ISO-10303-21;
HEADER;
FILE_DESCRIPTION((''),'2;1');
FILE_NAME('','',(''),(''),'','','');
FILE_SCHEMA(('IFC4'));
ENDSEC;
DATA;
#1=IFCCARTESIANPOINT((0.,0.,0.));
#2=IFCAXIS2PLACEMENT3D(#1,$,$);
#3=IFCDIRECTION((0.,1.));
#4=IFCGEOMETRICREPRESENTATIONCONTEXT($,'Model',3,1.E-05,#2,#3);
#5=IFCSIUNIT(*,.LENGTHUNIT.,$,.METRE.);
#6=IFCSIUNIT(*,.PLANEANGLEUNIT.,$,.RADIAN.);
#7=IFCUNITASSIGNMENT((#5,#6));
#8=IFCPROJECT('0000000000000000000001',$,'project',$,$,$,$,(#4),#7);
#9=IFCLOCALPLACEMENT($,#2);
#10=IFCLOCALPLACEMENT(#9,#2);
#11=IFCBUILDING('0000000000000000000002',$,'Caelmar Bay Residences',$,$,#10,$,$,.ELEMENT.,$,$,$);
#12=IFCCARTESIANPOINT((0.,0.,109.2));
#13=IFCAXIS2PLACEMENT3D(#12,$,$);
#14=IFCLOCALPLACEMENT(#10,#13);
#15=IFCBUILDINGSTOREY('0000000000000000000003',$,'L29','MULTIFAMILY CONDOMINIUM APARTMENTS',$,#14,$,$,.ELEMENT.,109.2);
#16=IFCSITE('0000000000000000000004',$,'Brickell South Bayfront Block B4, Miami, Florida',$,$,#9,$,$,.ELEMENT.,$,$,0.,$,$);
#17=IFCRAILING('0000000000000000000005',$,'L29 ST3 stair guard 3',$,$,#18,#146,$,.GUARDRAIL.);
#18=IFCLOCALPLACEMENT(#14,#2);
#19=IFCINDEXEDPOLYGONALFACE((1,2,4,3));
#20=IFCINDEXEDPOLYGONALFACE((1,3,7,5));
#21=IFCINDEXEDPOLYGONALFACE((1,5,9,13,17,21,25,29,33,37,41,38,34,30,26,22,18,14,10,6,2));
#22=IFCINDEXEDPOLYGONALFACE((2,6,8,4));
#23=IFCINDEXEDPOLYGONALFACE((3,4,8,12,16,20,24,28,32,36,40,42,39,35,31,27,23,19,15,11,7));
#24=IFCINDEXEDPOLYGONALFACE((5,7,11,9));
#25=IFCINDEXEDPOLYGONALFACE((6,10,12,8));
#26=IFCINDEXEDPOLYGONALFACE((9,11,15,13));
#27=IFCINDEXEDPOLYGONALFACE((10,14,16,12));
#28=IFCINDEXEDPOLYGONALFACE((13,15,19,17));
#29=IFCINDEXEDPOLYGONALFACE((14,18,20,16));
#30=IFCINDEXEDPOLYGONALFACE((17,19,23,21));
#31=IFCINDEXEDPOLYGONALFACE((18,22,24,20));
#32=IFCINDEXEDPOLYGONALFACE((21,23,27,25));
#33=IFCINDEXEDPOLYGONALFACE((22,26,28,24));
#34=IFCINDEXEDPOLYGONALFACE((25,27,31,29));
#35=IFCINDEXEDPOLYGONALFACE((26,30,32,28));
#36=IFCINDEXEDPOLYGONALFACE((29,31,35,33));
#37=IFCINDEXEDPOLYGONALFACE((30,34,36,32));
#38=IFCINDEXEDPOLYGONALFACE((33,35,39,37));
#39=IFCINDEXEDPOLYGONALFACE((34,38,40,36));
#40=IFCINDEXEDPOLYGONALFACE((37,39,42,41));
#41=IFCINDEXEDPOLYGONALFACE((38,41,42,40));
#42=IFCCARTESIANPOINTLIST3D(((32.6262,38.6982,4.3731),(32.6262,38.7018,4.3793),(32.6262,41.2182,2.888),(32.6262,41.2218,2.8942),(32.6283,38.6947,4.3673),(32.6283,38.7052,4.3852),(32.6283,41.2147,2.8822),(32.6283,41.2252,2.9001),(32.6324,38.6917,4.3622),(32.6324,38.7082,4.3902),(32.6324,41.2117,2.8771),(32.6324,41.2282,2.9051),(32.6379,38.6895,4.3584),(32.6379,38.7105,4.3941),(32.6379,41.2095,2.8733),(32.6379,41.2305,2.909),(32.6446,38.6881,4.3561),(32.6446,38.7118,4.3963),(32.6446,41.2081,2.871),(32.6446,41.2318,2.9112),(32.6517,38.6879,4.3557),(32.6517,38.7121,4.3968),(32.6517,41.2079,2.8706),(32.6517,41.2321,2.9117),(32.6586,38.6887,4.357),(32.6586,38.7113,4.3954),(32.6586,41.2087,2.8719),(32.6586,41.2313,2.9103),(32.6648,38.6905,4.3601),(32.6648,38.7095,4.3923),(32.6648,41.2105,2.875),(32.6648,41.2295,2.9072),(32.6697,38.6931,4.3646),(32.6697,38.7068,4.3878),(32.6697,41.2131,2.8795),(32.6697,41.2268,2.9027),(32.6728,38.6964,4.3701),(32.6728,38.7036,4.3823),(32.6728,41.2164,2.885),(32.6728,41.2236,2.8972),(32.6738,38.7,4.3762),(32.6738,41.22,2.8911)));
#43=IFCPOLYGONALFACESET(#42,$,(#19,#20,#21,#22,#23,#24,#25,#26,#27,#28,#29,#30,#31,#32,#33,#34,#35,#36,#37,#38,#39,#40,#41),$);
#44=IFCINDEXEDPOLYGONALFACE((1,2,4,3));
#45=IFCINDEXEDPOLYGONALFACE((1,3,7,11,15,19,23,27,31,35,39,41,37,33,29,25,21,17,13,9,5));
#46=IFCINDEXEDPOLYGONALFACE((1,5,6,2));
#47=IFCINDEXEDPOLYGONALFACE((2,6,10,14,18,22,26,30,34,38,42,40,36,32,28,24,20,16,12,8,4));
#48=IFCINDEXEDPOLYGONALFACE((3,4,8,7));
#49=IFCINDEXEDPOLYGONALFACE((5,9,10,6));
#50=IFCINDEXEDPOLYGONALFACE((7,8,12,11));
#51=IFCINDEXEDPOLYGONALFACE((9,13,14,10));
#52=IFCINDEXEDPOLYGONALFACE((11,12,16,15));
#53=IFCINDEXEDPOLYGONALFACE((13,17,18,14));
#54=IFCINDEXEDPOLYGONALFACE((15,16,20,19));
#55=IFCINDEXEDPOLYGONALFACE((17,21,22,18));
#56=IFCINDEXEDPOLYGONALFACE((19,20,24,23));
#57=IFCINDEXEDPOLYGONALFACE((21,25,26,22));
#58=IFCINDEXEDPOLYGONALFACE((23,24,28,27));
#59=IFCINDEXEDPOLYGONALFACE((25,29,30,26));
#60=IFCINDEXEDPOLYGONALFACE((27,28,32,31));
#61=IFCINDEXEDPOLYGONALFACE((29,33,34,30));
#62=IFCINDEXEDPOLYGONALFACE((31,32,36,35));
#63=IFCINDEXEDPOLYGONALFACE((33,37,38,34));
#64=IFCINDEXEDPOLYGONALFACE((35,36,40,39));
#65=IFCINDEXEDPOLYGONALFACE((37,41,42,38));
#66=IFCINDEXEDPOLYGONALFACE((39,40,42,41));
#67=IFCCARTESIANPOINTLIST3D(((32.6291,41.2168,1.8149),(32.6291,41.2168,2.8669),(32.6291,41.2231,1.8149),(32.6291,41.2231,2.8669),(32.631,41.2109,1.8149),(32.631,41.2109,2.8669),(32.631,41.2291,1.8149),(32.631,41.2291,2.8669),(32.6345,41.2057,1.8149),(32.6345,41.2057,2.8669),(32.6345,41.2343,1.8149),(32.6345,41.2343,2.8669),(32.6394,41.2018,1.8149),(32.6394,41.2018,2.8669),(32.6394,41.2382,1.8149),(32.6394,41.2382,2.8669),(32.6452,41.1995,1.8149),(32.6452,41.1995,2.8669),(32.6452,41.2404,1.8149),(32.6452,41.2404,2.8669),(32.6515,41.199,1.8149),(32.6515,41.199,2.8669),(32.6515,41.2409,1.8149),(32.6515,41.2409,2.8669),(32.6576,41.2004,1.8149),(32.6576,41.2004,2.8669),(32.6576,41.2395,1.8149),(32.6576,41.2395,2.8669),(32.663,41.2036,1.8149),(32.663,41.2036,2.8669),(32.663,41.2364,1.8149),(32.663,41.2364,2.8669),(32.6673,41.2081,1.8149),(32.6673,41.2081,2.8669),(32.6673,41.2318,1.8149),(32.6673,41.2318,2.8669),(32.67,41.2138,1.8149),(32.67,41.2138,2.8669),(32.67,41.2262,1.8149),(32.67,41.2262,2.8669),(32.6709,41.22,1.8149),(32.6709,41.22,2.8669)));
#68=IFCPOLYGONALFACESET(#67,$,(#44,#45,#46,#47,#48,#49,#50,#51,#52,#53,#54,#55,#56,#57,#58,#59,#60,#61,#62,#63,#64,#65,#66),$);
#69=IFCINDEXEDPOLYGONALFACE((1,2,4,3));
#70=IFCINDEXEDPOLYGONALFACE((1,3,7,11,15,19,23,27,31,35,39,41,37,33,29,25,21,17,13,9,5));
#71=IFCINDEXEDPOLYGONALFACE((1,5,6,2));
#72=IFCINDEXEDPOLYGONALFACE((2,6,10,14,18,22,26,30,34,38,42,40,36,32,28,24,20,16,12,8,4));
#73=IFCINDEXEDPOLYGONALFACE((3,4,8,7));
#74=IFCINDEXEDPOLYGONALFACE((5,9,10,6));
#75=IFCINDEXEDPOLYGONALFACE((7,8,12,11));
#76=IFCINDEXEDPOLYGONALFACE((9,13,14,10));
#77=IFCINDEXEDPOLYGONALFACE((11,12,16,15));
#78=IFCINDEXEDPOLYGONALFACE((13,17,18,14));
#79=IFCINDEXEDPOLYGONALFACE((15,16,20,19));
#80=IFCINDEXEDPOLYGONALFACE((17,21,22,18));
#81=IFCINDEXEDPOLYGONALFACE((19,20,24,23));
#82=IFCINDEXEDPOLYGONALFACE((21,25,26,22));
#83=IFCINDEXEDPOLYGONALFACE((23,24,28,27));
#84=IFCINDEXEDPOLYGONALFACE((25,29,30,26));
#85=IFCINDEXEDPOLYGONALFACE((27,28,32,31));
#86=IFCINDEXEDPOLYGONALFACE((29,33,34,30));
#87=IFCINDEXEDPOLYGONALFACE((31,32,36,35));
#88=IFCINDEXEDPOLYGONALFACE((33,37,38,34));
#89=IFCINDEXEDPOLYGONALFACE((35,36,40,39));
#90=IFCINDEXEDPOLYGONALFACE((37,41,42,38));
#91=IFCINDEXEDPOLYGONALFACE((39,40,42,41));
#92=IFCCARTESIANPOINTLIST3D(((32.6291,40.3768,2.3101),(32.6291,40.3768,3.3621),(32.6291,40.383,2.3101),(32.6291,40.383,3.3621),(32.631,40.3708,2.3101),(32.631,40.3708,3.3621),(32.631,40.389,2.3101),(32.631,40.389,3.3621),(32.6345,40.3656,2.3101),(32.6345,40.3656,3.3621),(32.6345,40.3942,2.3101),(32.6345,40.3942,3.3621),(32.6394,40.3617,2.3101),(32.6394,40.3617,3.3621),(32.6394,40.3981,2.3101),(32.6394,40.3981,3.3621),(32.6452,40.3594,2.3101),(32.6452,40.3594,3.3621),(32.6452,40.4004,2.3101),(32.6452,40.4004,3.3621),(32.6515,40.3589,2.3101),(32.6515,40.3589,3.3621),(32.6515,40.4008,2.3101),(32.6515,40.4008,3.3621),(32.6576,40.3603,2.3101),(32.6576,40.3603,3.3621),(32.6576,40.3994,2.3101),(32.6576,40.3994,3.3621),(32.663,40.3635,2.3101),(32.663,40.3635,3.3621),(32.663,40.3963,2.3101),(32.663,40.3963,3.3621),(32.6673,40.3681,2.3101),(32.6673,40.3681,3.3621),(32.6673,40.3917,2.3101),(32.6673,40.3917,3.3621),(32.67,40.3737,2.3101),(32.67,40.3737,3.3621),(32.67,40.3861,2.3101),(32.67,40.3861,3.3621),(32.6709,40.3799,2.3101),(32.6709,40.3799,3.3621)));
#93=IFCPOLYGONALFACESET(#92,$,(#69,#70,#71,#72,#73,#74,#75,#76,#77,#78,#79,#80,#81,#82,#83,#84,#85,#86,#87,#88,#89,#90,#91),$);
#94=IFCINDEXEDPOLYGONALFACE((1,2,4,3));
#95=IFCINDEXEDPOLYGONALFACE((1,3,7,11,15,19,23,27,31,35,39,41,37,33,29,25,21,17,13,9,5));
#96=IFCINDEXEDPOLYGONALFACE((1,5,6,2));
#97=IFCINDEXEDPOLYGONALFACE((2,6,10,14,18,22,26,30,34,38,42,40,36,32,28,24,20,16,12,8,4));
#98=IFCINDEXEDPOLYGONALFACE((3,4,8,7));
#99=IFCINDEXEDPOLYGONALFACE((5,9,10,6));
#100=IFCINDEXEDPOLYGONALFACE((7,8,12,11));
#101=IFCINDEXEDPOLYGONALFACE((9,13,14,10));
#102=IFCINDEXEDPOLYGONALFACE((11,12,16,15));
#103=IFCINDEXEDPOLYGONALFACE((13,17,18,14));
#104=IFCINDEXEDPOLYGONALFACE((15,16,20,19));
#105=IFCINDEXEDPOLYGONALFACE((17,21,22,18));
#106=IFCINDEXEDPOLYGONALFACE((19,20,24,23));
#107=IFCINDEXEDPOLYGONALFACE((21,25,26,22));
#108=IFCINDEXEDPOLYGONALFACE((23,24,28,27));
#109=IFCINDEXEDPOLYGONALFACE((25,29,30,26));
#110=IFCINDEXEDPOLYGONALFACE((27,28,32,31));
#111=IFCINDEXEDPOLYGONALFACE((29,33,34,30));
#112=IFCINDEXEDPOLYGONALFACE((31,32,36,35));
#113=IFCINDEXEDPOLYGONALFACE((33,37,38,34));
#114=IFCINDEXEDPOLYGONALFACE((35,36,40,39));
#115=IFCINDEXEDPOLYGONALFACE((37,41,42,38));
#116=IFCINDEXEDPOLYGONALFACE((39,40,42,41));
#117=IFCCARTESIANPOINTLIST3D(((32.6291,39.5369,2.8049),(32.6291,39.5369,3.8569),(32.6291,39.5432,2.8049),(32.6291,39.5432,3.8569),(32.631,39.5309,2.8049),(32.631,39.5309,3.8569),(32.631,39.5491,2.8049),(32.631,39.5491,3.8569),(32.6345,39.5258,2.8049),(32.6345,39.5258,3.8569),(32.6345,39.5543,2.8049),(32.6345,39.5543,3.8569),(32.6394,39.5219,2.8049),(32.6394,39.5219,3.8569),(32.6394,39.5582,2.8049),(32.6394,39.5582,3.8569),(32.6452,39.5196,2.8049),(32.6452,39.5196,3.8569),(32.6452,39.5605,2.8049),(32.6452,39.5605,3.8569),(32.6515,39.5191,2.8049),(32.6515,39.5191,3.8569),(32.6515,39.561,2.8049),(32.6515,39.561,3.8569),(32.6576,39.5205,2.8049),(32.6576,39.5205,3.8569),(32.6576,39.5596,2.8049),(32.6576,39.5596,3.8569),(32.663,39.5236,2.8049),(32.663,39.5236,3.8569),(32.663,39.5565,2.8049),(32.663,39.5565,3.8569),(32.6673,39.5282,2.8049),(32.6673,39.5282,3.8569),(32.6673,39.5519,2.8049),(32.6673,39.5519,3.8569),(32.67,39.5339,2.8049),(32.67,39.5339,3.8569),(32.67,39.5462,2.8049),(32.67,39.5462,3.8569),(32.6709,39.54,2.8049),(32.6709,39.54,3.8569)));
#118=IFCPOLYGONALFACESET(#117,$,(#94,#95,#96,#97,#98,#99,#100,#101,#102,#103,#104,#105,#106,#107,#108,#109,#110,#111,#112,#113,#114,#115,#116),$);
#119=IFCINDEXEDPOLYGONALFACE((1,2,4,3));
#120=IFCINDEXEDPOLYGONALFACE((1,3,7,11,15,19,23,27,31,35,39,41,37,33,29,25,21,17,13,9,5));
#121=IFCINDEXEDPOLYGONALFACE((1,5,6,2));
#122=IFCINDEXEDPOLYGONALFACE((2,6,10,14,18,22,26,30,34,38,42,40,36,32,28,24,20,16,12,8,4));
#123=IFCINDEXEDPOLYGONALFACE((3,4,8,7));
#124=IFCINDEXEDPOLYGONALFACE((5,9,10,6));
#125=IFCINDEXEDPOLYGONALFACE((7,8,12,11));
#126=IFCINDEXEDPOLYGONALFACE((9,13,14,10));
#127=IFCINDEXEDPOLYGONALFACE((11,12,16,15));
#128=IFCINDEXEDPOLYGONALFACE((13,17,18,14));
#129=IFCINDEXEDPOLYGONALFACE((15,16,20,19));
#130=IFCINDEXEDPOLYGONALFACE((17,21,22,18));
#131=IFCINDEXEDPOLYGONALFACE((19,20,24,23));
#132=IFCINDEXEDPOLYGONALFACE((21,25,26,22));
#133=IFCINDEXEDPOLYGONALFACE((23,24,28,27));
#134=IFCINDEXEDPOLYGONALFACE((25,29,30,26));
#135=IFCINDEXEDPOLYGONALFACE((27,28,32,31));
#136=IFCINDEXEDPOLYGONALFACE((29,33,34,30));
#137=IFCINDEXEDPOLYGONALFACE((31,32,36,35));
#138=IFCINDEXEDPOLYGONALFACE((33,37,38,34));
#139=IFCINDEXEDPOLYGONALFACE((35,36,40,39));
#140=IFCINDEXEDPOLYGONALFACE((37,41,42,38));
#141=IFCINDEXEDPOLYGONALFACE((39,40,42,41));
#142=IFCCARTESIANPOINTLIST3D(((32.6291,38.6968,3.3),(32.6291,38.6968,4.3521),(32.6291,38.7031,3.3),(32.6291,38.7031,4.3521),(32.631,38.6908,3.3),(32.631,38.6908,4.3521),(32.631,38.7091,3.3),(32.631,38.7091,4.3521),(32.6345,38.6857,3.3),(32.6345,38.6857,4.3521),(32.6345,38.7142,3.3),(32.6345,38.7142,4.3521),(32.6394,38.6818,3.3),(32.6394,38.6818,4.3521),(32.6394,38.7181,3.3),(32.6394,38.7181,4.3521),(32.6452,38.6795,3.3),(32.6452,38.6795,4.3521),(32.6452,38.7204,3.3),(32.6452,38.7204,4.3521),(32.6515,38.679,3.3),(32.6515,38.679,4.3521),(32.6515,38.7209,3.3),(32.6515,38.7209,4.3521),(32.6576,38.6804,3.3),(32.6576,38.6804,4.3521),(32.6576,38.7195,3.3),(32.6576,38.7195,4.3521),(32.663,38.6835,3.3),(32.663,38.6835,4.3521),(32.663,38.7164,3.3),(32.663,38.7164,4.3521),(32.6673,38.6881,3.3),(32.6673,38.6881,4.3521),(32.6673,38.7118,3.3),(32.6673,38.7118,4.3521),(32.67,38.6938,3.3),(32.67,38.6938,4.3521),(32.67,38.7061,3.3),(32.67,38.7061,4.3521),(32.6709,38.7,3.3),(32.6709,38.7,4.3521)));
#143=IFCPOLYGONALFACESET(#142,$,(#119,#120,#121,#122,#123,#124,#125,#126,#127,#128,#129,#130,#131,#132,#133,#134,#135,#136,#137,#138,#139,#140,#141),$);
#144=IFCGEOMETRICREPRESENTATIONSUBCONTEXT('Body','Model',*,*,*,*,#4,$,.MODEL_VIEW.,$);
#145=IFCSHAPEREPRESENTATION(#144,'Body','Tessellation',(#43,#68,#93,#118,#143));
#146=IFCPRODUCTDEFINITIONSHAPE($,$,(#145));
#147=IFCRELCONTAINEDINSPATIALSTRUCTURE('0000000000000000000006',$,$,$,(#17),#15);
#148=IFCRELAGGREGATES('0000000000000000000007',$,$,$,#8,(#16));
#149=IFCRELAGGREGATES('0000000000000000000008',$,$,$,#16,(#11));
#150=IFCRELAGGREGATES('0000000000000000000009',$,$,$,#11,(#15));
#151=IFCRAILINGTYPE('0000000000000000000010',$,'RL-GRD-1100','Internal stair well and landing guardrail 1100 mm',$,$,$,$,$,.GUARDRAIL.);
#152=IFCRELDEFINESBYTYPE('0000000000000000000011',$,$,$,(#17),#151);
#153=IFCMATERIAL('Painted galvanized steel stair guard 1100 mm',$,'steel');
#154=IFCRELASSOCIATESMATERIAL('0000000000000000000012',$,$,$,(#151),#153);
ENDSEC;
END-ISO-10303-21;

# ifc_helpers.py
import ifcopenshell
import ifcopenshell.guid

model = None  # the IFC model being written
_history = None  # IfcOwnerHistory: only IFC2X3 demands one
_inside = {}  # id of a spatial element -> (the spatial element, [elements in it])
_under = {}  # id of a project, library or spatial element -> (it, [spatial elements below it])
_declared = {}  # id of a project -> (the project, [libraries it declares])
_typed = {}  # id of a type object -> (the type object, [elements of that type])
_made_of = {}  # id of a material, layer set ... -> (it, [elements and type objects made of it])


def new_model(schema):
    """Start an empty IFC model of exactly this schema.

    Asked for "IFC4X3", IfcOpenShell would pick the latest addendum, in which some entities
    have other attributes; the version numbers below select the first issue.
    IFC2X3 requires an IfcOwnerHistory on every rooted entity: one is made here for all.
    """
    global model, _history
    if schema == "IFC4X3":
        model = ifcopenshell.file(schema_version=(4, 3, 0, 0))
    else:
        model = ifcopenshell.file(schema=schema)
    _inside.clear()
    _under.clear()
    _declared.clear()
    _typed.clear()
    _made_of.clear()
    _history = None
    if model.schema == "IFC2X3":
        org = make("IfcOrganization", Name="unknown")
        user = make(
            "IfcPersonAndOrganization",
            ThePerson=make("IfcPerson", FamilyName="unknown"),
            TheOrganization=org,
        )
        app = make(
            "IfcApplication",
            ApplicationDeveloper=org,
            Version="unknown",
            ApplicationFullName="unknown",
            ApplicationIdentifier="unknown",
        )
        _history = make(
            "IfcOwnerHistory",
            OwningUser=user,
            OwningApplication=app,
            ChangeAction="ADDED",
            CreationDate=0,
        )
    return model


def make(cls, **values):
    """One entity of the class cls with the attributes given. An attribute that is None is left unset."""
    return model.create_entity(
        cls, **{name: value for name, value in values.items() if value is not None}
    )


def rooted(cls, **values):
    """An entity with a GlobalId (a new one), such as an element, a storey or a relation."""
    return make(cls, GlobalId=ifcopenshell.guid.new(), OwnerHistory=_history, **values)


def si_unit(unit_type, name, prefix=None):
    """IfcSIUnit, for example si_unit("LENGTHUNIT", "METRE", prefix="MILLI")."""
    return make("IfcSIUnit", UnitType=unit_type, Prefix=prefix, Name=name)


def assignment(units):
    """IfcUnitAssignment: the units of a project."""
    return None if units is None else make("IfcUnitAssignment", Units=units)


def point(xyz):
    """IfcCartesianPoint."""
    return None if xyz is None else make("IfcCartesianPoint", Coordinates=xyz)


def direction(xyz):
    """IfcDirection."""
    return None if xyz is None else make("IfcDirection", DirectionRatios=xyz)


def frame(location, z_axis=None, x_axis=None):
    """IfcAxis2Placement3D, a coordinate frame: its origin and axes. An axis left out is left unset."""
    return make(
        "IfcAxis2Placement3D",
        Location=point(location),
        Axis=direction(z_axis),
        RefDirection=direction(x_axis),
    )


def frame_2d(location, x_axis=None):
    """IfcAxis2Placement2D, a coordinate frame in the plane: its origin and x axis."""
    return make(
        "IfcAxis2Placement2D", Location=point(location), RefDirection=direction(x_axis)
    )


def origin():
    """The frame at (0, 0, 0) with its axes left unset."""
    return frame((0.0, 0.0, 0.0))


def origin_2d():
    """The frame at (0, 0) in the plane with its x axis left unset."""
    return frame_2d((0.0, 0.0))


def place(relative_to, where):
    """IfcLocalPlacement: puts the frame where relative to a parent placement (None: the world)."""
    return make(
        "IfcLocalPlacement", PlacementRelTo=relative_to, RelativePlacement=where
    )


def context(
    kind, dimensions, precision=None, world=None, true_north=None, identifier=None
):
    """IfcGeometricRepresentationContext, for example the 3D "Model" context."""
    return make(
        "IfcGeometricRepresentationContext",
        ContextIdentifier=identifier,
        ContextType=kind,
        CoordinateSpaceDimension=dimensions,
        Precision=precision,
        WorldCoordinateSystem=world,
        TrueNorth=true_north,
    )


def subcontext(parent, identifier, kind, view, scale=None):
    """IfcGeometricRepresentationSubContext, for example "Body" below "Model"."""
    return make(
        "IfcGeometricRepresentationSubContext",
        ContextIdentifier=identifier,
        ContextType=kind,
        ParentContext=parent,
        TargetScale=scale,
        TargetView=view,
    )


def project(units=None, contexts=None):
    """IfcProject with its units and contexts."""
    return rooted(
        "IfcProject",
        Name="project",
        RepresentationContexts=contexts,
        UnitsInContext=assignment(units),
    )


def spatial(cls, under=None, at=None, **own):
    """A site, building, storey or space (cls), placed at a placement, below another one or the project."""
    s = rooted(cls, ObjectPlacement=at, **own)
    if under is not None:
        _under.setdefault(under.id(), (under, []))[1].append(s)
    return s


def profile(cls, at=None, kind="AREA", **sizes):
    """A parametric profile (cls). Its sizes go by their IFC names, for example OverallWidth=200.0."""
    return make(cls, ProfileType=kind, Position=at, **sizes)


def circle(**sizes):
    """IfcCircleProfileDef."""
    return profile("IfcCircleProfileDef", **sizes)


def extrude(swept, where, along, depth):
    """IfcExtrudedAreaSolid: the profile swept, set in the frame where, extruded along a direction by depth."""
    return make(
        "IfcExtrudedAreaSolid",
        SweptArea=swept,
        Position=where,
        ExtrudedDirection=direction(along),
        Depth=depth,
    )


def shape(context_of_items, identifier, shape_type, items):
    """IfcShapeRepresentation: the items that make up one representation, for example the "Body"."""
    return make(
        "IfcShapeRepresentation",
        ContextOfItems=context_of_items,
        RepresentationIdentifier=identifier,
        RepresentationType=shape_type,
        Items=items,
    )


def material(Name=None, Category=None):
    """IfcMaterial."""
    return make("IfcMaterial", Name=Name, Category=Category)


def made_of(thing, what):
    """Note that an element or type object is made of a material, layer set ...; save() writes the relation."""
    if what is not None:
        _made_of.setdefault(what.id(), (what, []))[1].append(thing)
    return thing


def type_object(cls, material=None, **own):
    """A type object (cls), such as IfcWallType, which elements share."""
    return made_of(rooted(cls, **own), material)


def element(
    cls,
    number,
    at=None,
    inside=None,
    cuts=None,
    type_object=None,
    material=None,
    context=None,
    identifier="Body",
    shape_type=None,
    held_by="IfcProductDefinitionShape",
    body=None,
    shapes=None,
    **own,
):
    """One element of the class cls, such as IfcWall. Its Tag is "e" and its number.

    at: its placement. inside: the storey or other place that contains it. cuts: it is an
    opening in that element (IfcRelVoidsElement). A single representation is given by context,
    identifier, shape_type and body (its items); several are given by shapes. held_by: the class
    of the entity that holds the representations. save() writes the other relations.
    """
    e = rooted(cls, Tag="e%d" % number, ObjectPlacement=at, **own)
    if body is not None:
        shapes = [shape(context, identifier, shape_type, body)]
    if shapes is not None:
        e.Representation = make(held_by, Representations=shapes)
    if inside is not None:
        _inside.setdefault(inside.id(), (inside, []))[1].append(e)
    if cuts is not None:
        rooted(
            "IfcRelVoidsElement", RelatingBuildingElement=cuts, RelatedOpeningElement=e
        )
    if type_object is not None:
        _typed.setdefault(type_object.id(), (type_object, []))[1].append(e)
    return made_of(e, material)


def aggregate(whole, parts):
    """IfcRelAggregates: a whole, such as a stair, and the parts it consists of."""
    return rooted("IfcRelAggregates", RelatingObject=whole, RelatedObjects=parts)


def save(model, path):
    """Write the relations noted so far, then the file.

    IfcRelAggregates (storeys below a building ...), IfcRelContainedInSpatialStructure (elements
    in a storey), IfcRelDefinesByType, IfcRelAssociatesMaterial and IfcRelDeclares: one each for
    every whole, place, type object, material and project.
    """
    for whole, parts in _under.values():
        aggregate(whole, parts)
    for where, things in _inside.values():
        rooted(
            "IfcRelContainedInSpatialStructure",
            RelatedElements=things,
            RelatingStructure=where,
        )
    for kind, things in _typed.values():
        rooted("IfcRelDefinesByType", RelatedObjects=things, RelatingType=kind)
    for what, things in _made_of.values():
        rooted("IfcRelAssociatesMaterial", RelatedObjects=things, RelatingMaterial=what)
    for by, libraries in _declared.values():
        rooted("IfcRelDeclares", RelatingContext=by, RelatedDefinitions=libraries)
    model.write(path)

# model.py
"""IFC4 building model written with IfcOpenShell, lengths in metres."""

from ifc_helpers import new_model, si_unit, direction, frame, origin, origin_2d, place, context, subcontext, project, spatial, circle, extrude, material, type_object, element, save


model = new_model("IFC4")

# Units and contexts
model_context = context("Model", 3, precision=1e-05, world=origin(), true_north=direction((0.0, 1.0)))
body_context = subcontext(model_context, "Body", "Model", "MODEL_VIEW")
ifc_project = project(units=[si_unit("LENGTHUNIT", "METRE"), si_unit("PLANEANGLEUNIT", "RADIAN")], contexts=[model_context])

# Site, building, storey
site_placement = place(None, origin())
site = spatial("IfcSite", under=ifc_project, at=site_placement, Name="Brickell South Bayfront Block B4, Miami, Florida", CompositionType="ELEMENT", RefElevation=0.0)
building_placement = place(site_placement, origin())
building = spatial("IfcBuilding", under=site, at=building_placement, Name="Caelmar Bay Residences", CompositionType="ELEMENT")
storey_placement = place(building_placement, frame((0.0, 0.0, 109.2)))
storey = spatial("IfcBuildingStorey", under=building, at=storey_placement, Name="L29", Description="MULTIFAMILY CONDOMINIUM APARTMENTS", CompositionType="ELEMENT", Elevation=109.2)

# Railing
ifc_material_1 = material(Name="Painted galvanized steel stair guard 1100 mm", Category="steel")
railing_type_1 = type_object("IfcRailingType", Name="RL-GRD-1100", Description="Internal stair well and landing guardrail 1100 mm", PredefinedType="GUARDRAIL", material=ifc_material_1)
railing_1_placement = place(storey_placement, frame((32.6499, 41.22, 1.8149)))
element("IfcRailing", 1, at=railing_1_placement, inside=storey, type_object=railing_type_1, Name="L29 ST3 stair guard 3", PredefinedType="GUARDRAIL", context=body_context, shape_type="SweptSolid", body=[
    extrude(circle(Radius=0.0239, at=origin_2d()), frame((0.0, 0.0, 1.0762), z_axis=(0.0, -0.861524, 0.507717), x_axis=(1.0, 0.0, 0.0)), (0.0, 0.0, 1.0), 2.925),
    extrude(circle(Radius=0.021, at=origin_2d()), origin(), (0.0, 0.0, 1.0), 1.052),
    extrude(circle(Radius=0.021, at=origin_2d()), frame((0.0, -0.8401, 0.4951)), (0.0, 0.0, 1.0), 1.052),
    extrude(circle(Radius=0.021, at=origin_2d()), frame((0.0, -1.6799, 0.99)), (0.0, 0.0, 1.0), 1.052),
    extrude(circle(Radius=0.021, at=origin_2d()), frame((0.0, -2.52, 1.4851)), (0.0, 0.0, 1.0), 1.052),
])

save(model, "model.ifc")
